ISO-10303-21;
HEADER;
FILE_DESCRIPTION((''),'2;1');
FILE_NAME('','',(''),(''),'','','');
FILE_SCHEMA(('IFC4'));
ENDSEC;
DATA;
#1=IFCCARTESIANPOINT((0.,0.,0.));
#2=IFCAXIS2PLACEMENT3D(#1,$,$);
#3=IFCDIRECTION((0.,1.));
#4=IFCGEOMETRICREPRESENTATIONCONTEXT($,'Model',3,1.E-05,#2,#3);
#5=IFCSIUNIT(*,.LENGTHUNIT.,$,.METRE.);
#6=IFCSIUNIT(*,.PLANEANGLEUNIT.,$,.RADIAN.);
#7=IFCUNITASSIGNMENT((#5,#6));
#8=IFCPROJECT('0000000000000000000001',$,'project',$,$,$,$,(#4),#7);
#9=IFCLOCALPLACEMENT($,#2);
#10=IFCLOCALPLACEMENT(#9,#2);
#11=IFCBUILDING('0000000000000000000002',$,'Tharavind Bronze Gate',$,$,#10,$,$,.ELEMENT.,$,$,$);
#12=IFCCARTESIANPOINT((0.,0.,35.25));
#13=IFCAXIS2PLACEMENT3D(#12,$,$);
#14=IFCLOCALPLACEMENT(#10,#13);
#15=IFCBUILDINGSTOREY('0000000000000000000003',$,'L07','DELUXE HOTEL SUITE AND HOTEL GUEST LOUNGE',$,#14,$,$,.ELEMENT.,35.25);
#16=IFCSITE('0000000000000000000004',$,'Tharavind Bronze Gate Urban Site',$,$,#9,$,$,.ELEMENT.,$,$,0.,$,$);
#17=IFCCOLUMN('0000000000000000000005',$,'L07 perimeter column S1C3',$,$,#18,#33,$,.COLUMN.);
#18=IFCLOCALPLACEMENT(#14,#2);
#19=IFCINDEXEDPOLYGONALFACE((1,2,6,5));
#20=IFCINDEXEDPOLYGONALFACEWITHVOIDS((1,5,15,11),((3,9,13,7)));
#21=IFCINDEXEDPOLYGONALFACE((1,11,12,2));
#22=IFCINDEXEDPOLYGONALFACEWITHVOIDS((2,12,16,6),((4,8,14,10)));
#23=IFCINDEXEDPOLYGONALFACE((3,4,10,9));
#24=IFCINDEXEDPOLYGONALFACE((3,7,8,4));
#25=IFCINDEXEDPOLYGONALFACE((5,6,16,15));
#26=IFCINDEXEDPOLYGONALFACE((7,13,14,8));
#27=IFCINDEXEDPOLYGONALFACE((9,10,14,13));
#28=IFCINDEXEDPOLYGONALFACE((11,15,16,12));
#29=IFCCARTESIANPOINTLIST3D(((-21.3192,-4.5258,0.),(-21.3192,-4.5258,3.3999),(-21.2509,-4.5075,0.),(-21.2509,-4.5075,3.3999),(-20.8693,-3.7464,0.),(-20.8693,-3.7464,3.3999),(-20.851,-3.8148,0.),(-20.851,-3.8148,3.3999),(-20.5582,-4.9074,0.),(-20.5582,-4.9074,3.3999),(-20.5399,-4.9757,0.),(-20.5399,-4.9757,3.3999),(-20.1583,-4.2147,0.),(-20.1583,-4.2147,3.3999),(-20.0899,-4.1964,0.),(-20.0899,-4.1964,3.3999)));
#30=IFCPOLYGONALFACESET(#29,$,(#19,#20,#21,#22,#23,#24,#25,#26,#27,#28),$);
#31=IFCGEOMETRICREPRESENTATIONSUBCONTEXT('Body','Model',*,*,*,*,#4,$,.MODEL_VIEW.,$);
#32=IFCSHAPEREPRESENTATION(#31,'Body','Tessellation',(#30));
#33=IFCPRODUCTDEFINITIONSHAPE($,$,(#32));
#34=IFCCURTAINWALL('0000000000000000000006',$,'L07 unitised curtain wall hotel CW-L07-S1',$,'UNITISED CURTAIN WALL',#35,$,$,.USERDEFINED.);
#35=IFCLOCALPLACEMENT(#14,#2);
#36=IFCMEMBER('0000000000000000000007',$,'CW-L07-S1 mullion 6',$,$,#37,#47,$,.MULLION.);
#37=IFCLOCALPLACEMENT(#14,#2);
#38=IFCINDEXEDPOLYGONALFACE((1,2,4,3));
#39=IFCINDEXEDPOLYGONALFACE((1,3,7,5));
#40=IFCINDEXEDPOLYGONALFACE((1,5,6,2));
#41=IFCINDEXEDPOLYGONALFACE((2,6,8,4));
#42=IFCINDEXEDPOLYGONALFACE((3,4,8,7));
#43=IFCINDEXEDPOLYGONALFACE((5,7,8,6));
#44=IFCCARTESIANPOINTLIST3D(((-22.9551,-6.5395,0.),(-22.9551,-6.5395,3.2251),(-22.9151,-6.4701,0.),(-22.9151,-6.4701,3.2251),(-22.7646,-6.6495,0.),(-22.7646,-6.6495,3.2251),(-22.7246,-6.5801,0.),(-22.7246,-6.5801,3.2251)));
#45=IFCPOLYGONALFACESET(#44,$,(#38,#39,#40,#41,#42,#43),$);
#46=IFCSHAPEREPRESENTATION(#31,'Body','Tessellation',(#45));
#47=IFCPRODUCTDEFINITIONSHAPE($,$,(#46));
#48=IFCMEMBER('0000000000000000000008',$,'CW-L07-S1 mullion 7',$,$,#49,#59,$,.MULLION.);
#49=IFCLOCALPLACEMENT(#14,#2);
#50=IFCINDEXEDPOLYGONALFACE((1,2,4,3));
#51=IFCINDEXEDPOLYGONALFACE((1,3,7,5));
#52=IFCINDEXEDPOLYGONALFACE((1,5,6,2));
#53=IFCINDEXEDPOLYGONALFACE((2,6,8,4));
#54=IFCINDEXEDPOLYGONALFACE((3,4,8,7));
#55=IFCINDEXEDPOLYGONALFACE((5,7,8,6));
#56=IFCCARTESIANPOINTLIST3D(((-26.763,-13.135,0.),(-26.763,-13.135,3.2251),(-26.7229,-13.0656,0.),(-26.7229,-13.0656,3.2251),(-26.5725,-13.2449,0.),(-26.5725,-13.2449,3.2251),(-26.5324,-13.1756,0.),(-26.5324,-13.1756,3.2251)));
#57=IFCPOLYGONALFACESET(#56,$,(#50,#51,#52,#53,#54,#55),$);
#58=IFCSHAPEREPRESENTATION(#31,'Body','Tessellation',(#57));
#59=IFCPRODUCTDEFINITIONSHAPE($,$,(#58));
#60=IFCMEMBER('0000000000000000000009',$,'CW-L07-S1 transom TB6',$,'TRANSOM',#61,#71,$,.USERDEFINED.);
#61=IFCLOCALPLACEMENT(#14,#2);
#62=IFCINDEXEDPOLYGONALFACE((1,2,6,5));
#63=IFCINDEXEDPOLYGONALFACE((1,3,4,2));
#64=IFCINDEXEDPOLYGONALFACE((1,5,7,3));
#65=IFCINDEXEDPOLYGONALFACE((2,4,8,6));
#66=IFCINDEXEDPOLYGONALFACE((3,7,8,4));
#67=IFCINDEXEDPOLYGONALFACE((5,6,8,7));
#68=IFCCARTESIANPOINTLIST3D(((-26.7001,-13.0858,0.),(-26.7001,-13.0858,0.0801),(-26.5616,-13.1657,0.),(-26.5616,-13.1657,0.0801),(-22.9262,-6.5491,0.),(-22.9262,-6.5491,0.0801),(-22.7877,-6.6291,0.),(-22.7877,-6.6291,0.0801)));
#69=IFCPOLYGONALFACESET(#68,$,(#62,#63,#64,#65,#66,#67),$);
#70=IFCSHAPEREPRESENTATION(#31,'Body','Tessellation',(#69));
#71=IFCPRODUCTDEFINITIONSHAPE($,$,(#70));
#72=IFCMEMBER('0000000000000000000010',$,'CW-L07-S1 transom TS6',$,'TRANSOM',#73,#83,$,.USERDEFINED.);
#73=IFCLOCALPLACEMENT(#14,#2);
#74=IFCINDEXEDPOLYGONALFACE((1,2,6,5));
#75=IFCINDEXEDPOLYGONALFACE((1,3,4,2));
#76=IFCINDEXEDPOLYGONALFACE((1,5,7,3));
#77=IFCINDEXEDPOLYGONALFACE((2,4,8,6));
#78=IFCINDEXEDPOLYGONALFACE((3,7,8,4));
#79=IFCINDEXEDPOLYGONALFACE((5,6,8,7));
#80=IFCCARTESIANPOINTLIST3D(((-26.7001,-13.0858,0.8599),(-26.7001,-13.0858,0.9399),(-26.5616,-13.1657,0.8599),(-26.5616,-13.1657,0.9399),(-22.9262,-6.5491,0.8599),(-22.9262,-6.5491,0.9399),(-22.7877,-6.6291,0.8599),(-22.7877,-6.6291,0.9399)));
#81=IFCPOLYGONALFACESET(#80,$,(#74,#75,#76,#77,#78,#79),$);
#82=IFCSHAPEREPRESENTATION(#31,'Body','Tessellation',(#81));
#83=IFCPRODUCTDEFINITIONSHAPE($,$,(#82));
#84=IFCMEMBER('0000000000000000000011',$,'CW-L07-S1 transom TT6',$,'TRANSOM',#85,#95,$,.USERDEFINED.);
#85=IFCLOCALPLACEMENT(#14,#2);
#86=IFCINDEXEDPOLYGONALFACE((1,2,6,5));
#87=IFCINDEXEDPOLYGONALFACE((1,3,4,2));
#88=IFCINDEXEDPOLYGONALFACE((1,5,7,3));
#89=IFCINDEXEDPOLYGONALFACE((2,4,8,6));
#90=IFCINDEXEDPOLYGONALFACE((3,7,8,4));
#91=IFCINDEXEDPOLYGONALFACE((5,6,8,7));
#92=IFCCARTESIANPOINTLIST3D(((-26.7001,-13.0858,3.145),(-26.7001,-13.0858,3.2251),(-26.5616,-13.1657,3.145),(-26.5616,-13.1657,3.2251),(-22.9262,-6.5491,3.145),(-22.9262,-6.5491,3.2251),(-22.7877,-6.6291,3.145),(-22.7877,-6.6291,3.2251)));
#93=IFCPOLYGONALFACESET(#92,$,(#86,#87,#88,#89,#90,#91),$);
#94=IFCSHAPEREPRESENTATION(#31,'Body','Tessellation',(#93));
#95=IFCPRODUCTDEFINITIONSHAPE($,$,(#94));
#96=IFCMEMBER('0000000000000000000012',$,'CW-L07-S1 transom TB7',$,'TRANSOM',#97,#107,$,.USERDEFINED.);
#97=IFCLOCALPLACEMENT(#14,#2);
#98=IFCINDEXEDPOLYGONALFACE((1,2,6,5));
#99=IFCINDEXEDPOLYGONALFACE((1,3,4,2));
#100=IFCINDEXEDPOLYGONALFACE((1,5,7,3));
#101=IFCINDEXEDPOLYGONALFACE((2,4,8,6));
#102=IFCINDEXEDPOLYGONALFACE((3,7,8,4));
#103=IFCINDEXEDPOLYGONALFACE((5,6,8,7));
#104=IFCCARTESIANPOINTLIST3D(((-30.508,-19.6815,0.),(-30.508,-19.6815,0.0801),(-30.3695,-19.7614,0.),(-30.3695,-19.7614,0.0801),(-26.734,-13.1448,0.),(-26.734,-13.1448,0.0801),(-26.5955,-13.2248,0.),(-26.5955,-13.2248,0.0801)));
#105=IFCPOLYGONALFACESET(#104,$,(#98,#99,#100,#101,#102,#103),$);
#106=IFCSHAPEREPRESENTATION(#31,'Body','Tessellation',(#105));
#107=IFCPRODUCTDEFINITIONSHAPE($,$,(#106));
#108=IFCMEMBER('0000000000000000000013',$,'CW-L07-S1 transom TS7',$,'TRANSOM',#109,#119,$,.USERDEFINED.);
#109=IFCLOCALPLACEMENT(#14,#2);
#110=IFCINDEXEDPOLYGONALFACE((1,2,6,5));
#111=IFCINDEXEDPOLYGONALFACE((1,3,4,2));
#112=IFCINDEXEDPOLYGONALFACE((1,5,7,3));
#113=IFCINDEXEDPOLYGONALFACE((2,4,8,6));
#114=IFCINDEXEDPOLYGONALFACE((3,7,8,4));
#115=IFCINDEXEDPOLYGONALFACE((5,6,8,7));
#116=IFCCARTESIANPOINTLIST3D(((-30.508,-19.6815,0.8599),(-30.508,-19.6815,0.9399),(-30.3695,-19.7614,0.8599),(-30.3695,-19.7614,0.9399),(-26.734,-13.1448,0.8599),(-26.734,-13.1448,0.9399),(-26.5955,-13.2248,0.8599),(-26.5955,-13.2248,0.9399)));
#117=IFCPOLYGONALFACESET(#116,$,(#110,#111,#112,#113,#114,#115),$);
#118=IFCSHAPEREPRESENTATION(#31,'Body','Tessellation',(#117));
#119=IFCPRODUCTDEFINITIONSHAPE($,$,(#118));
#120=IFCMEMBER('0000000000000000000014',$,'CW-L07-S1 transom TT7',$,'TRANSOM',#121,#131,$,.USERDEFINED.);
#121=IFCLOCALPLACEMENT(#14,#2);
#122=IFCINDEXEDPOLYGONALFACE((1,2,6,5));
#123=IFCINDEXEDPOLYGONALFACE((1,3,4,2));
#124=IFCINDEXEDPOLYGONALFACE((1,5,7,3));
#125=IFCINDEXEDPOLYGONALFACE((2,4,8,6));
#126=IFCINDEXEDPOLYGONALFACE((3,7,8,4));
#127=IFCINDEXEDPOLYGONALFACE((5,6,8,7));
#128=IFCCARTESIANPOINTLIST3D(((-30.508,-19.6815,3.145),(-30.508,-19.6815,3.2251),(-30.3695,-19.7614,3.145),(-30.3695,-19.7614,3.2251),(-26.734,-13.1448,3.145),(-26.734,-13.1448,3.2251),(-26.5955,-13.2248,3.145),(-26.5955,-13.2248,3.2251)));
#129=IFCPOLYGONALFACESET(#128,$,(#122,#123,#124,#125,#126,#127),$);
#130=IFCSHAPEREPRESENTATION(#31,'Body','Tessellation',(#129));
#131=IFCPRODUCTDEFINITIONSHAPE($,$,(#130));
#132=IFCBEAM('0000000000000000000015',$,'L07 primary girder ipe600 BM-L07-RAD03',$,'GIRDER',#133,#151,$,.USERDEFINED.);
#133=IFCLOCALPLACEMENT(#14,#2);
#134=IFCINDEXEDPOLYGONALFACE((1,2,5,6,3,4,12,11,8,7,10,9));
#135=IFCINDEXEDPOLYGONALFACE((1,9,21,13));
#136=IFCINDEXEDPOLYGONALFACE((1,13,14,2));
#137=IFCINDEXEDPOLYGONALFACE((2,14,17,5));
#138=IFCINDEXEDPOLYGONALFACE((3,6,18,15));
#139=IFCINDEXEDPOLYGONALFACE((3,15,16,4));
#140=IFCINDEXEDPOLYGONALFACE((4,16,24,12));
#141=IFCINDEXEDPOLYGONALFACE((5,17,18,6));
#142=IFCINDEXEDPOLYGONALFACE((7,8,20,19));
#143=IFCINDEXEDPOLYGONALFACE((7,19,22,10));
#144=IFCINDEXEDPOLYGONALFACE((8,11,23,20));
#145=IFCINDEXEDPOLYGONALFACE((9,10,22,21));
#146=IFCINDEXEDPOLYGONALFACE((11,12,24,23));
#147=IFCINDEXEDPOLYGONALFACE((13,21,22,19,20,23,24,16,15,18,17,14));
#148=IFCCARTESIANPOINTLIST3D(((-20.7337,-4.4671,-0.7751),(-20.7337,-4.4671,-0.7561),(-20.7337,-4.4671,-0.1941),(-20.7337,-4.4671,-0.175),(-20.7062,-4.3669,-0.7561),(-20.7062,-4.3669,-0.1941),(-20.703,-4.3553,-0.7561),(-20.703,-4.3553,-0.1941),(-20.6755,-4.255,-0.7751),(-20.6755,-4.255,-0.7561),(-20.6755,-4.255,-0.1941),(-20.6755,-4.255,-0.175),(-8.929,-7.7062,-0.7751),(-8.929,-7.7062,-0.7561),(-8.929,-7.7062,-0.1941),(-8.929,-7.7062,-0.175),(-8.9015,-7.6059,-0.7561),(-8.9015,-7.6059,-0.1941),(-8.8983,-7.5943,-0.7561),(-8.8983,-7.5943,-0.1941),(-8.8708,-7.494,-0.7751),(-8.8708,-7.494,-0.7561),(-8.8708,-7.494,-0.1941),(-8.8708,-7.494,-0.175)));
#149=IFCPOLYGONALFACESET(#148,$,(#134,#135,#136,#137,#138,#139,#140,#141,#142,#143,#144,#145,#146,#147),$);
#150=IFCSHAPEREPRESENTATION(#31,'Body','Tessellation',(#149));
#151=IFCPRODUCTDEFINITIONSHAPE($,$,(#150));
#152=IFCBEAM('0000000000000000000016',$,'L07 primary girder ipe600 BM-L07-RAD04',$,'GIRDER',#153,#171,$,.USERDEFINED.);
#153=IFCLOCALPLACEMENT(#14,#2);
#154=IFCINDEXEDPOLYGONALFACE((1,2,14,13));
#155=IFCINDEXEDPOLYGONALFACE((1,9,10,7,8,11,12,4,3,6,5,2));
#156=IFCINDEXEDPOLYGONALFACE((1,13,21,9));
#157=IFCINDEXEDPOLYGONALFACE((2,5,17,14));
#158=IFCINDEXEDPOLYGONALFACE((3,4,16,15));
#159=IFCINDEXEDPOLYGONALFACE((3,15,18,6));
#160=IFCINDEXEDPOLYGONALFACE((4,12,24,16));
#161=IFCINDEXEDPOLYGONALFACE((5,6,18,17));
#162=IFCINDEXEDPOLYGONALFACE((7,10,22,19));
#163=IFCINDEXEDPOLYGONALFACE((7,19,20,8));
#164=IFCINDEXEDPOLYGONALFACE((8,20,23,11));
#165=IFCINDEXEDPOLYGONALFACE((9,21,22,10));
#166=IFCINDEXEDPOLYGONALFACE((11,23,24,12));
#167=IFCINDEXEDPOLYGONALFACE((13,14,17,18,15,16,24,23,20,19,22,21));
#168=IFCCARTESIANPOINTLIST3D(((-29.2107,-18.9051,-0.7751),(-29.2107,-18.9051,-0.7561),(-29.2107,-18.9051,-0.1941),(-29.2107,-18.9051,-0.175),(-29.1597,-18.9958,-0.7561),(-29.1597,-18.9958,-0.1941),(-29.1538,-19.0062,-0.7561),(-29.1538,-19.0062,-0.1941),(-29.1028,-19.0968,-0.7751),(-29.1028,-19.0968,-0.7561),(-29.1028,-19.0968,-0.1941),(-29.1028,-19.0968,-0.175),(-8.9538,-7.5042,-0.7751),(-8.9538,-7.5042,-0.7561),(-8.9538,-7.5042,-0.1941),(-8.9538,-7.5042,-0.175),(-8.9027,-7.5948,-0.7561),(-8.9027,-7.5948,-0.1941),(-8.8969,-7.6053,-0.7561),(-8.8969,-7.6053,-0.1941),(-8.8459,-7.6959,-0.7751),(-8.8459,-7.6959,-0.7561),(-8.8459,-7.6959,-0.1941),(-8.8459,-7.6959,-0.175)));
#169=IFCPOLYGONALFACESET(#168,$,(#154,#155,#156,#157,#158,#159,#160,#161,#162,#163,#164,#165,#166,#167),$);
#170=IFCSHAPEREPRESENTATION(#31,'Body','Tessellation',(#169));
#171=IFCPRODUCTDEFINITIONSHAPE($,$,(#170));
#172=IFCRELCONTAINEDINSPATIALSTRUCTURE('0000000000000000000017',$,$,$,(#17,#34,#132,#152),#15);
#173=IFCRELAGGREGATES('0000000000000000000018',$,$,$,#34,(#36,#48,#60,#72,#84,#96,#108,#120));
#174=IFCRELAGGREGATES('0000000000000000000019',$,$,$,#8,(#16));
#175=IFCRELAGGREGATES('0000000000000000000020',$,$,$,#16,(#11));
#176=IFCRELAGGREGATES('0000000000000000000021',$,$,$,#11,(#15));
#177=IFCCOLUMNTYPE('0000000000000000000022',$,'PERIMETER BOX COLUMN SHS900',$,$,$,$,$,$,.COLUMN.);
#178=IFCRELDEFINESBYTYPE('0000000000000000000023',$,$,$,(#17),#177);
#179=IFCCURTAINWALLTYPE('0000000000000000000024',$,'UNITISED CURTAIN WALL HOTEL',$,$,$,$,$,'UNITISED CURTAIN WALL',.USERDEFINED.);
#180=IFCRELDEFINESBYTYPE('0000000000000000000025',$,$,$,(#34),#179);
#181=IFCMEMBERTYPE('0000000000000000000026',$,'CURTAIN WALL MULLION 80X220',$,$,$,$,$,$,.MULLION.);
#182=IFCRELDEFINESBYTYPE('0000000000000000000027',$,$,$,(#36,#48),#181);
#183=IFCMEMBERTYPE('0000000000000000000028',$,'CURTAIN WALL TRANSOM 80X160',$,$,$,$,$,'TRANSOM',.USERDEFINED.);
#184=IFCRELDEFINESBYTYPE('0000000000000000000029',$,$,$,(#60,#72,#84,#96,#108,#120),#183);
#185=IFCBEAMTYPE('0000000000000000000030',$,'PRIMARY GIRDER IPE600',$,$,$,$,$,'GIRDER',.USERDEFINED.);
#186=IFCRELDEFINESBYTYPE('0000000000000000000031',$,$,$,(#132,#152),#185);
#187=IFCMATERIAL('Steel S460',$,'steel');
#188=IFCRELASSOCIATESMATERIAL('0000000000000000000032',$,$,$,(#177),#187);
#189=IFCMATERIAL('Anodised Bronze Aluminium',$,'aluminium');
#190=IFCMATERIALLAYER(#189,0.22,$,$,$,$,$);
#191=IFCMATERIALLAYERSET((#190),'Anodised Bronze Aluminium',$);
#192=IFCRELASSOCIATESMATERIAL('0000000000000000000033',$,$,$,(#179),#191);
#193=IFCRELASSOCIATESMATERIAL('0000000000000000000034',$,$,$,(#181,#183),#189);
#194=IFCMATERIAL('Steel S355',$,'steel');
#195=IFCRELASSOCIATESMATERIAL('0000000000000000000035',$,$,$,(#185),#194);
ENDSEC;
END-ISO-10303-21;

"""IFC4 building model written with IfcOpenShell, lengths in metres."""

from ifc_helpers import new_model, si_unit, direction, frame, origin, origin_2d, place, context, subcontext, project, spatial, rectangle, hollow_rectangle, i_section, extrude, material, layer, layer_set, material_profile, profile_set, type_object, element, aggregate, save


model = new_model("IFC4")

# Units and contexts
model_context = context("Model", 3, precision=1e-05, world=origin(), true_north=direction((0.0, 1.0)))
body_context = subcontext(model_context, "Body", "Model", "MODEL_VIEW")
ifc_project = project(units=[si_unit("LENGTHUNIT", "METRE"), si_unit("PLANEANGLEUNIT", "RADIAN")], contexts=[model_context])

# Site, building, storey
site_placement = place(None, origin())
site = spatial("IfcSite", under=ifc_project, at=site_placement, Name="Tharavind Bronze Gate Urban Site", CompositionType="ELEMENT", RefElevation=0.0)
building_placement = place(site_placement, origin())
building = spatial("IfcBuilding", under=site, at=building_placement, Name="Tharavind Bronze Gate", CompositionType="ELEMENT")
storey_placement = place(building_placement, frame((0.0, 0.0, 35.25)))
storey = spatial("IfcBuildingStorey", under=building, at=storey_placement, Name="L07", Description="DELUXE HOTEL SUITE AND HOTEL GUEST LOUNGE", CompositionType="ELEMENT", Elevation=35.25)

# Column
ifc_material_1 = material(Name="Steel S460", Category="steel")
ifc_material_profile_1 = material_profile(ifc_material_1, hollow_rectangle(XDim=0.8999, YDim=0.8999, WallThickness=0.05, at=origin_2d()), Name="SHS900X50")
ifc_profile_set_1 = profile_set([ifc_material_profile_1], Name="Steel S460")
column_type = type_object("IfcColumnType", Name="PERIMETER BOX COLUMN SHS900", PredefinedType="COLUMN", material=ifc_profile_set_1)
column_placement = place(storey_placement, frame((-20.7046, -4.3611, 0.0), z_axis=(0.0, 0.0, 1.0), x_axis=(0.500002, 0.866025, 0.0)))
element("IfcColumn", 1, at=column_placement, inside=storey, type_object=column_type, Name="L07 perimeter column S1C3", PredefinedType="COLUMN", context=body_context, shape_type="SweptSolid", body=[
    extrude(hollow_rectangle(XDim=0.8999, YDim=0.8999, WallThickness=0.05, at=origin_2d()), origin(), (0.0, 0.0, 1.0), 3.3999),
])

# Curtain wall, members
ifc_material_2 = material(Name="Anodised Bronze Aluminium", Category="aluminium")
ifc_layer_1 = layer(ifc_material_2, 0.22)
ifc_layer_set_1 = layer_set([ifc_layer_1], Name="Anodised Bronze Aluminium")
curtain_wall_type = type_object("IfcCurtainWallType", Name="UNITISED CURTAIN WALL HOTEL", ElementType="UNITISED CURTAIN WALL", PredefinedType="USERDEFINED", material=ifc_layer_set_1)
curtain_wall_placement = place(storey_placement, origin())
curtain_wall = element("IfcCurtainWall", 2, at=curtain_wall_placement, inside=storey, type_object=curtain_wall_type, Name="L07 unitised curtain wall hotel CW-L07-S1", ObjectType="UNITISED CURTAIN WALL", PredefinedType="USERDEFINED")
member_type_1 = type_object("IfcMemberType", Name="CURTAIN WALL MULLION 80X220", PredefinedType="MULLION", material=ifc_material_2)
member_1_placement = place(storey_placement, frame((-22.8398, -6.5598, 0.0), z_axis=(0.0, 0.0, 1.0), x_axis=(-0.500002, -0.866025, 0.0)))
member_1 = element("IfcMember", 3, at=member_1_placement, type_object=member_type_1, Name="CW-L07-S1 mullion 6", PredefinedType="MULLION", context=body_context, shape_type="SweptSolid", body=[
    extrude(rectangle(XDim=0.0801, YDim=0.22, at=origin_2d()), origin(), (0.0, 0.0, 1.0), 3.2251),
])
member_2_placement = place(storey_placement, frame((-26.6477, -13.1553, 0.0), z_axis=(0.0, 0.0, 1.0), x_axis=(-0.500002, -0.866025, 0.0)))
member_2 = element("IfcMember", 4, at=member_2_placement, type_object=member_type_1, Name="CW-L07-S1 mullion 7", PredefinedType="MULLION", context=body_context, shape_type="SweptSolid", body=[
    extrude(rectangle(XDim=0.0801, YDim=0.22, at=origin_2d()), origin(), (0.0, 0.0, 1.0), 3.2251),
])
member_type_2 = type_object("IfcMemberType", Name="CURTAIN WALL TRANSOM 80X160", ElementType="TRANSOM", PredefinedType="USERDEFINED", material=ifc_material_2)
member_3_placement = place(storey_placement, frame((-24.7439, -9.8574, 0.0), z_axis=(0.0, 0.0, 1.0), x_axis=(-0.500002, -0.866025, 0.0)))
member_3 = element("IfcMember", 5, at=member_3_placement, type_object=member_type_2, Name="CW-L07-S1 transom TB6", ObjectType="TRANSOM", PredefinedType="USERDEFINED", context=body_context, shape_type="SweptSolid", body=[
    extrude(rectangle(XDim=7.5479, YDim=0.1599, at=origin_2d()), origin(), (0.0, 0.0, 1.0), 0.0801),
])
member_4_placement = place(storey_placement, frame((-24.7439, -9.8574, 0.8599), z_axis=(0.0, 0.0, 1.0), x_axis=(-0.500002, -0.866025, 0.0)))
member_4 = element("IfcMember", 6, at=member_4_placement, type_object=member_type_2, Name="CW-L07-S1 transom TS6", ObjectType="TRANSOM", PredefinedType="USERDEFINED", context=body_context, shape_type="SweptSolid", body=[
    extrude(rectangle(XDim=7.5479, YDim=0.1599, at=origin_2d()), origin(), (0.0, 0.0, 1.0), 0.0801),
])
member_5_placement = place(storey_placement, frame((-24.7439, -9.8574, 3.145), z_axis=(0.0, 0.0, 1.0), x_axis=(-0.500002, -0.866025, 0.0)))
member_5 = element("IfcMember", 7, at=member_5_placement, type_object=member_type_2, Name="CW-L07-S1 transom TT6", ObjectType="TRANSOM", PredefinedType="USERDEFINED", context=body_context, shape_type="SweptSolid", body=[
    extrude(rectangle(XDim=7.5479, YDim=0.1599, at=origin_2d()), origin(), (0.0, 0.0, 1.0), 0.0801),
])
member_6_placement = place(storey_placement, frame((-28.5518, -16.4531, 0.0), z_axis=(0.0, 0.0, 1.0), x_axis=(-0.500002, -0.866025, 0.0)))
member_6 = element("IfcMember", 8, at=member_6_placement, type_object=member_type_2, Name="CW-L07-S1 transom TB7", ObjectType="TRANSOM", PredefinedType="USERDEFINED", context=body_context, shape_type="SweptSolid", body=[
    extrude(rectangle(XDim=7.5479, YDim=0.1599, at=origin_2d()), origin(), (0.0, 0.0, 1.0), 0.0801),
])
member_7_placement = place(storey_placement, frame((-28.5518, -16.4531, 0.8599), z_axis=(0.0, 0.0, 1.0), x_axis=(-0.500002, -0.866025, 0.0)))
member_7 = element("IfcMember", 9, at=member_7_placement, type_object=member_type_2, Name="CW-L07-S1 transom TS7", ObjectType="TRANSOM", PredefinedType="USERDEFINED", context=body_context, shape_type="SweptSolid", body=[
    extrude(rectangle(XDim=7.5479, YDim=0.1599, at=origin_2d()), origin(), (0.0, 0.0, 1.0), 0.0801),
])
member_8_placement = place(storey_placement, frame((-28.5518, -16.4531, 3.145), z_axis=(0.0, 0.0, 1.0), x_axis=(-0.500002, -0.866025, 0.0)))
member_8 = element("IfcMember", 10, at=member_8_placement, type_object=member_type_2, Name="CW-L07-S1 transom TT7", ObjectType="TRANSOM", PredefinedType="USERDEFINED", context=body_context, shape_type="SweptSolid", body=[
    extrude(rectangle(XDim=7.5479, YDim=0.1599, at=origin_2d()), origin(), (0.0, 0.0, 1.0), 0.0801),
])

# Beams
ifc_material_3 = material(Name="Steel S355", Category="steel")
ifc_material_profile_2 = material_profile(ifc_material_3, i_section(OverallWidth=0.22, OverallDepth=0.6001, WebThickness=0.012, FlangeThickness=0.019, at=origin_2d()), Name="IPE600")
ifc_profile_set_2 = profile_set([ifc_material_profile_2], Name="Steel S355")
beam_type_1 = type_object("IfcBeamType", Name="PRIMARY GIRDER IPE600", ElementType="GIRDER", PredefinedType="USERDEFINED", material=ifc_profile_set_2)
beam_1_placement = place(storey_placement, frame((-20.7046, -4.3611, -0.4751), z_axis=(0.964357, -0.264604, 0.0), x_axis=(0.264604, 0.964357, 0.0)))
element("IfcBeam", 11, at=beam_1_placement, inside=storey, type_object=beam_type_1, Name="L07 primary girder ipe600 BM-L07-RAD03", ObjectType="GIRDER", PredefinedType="USERDEFINED", context=body_context, shape_type="SweptSolid", body=[
    extrude(i_section(OverallWidth=0.22, OverallDepth=0.6001, WebThickness=0.012, FlangeThickness=0.019, at=origin_2d()), origin(), (0.0, 0.0, 1.0), 12.241),
])
beam_2_placement = place(storey_placement, frame((-29.1567, -19.001, -0.4751), z_axis=(0.871458, 0.490471, 0.0), x_axis=(-0.490471, 0.871458, 0.0)))
element("IfcBeam", 12, at=beam_2_placement, inside=storey, type_object=beam_type_1, Name="L07 primary girder ipe600 BM-L07-RAD04", ObjectType="GIRDER", PredefinedType="USERDEFINED", context=body_context, shape_type="SweptSolid", body=[
    extrude(i_section(OverallWidth=0.22, OverallDepth=0.6001, WebThickness=0.012, FlangeThickness=0.019, at=origin_2d()), origin(), (0.0, 0.0, 1.0), 23.2449),
])

aggregate(curtain_wall, [member_1, member_2, member_3, member_4, member_5, member_6, member_7, member_8])

save(model, "model.ifc")
